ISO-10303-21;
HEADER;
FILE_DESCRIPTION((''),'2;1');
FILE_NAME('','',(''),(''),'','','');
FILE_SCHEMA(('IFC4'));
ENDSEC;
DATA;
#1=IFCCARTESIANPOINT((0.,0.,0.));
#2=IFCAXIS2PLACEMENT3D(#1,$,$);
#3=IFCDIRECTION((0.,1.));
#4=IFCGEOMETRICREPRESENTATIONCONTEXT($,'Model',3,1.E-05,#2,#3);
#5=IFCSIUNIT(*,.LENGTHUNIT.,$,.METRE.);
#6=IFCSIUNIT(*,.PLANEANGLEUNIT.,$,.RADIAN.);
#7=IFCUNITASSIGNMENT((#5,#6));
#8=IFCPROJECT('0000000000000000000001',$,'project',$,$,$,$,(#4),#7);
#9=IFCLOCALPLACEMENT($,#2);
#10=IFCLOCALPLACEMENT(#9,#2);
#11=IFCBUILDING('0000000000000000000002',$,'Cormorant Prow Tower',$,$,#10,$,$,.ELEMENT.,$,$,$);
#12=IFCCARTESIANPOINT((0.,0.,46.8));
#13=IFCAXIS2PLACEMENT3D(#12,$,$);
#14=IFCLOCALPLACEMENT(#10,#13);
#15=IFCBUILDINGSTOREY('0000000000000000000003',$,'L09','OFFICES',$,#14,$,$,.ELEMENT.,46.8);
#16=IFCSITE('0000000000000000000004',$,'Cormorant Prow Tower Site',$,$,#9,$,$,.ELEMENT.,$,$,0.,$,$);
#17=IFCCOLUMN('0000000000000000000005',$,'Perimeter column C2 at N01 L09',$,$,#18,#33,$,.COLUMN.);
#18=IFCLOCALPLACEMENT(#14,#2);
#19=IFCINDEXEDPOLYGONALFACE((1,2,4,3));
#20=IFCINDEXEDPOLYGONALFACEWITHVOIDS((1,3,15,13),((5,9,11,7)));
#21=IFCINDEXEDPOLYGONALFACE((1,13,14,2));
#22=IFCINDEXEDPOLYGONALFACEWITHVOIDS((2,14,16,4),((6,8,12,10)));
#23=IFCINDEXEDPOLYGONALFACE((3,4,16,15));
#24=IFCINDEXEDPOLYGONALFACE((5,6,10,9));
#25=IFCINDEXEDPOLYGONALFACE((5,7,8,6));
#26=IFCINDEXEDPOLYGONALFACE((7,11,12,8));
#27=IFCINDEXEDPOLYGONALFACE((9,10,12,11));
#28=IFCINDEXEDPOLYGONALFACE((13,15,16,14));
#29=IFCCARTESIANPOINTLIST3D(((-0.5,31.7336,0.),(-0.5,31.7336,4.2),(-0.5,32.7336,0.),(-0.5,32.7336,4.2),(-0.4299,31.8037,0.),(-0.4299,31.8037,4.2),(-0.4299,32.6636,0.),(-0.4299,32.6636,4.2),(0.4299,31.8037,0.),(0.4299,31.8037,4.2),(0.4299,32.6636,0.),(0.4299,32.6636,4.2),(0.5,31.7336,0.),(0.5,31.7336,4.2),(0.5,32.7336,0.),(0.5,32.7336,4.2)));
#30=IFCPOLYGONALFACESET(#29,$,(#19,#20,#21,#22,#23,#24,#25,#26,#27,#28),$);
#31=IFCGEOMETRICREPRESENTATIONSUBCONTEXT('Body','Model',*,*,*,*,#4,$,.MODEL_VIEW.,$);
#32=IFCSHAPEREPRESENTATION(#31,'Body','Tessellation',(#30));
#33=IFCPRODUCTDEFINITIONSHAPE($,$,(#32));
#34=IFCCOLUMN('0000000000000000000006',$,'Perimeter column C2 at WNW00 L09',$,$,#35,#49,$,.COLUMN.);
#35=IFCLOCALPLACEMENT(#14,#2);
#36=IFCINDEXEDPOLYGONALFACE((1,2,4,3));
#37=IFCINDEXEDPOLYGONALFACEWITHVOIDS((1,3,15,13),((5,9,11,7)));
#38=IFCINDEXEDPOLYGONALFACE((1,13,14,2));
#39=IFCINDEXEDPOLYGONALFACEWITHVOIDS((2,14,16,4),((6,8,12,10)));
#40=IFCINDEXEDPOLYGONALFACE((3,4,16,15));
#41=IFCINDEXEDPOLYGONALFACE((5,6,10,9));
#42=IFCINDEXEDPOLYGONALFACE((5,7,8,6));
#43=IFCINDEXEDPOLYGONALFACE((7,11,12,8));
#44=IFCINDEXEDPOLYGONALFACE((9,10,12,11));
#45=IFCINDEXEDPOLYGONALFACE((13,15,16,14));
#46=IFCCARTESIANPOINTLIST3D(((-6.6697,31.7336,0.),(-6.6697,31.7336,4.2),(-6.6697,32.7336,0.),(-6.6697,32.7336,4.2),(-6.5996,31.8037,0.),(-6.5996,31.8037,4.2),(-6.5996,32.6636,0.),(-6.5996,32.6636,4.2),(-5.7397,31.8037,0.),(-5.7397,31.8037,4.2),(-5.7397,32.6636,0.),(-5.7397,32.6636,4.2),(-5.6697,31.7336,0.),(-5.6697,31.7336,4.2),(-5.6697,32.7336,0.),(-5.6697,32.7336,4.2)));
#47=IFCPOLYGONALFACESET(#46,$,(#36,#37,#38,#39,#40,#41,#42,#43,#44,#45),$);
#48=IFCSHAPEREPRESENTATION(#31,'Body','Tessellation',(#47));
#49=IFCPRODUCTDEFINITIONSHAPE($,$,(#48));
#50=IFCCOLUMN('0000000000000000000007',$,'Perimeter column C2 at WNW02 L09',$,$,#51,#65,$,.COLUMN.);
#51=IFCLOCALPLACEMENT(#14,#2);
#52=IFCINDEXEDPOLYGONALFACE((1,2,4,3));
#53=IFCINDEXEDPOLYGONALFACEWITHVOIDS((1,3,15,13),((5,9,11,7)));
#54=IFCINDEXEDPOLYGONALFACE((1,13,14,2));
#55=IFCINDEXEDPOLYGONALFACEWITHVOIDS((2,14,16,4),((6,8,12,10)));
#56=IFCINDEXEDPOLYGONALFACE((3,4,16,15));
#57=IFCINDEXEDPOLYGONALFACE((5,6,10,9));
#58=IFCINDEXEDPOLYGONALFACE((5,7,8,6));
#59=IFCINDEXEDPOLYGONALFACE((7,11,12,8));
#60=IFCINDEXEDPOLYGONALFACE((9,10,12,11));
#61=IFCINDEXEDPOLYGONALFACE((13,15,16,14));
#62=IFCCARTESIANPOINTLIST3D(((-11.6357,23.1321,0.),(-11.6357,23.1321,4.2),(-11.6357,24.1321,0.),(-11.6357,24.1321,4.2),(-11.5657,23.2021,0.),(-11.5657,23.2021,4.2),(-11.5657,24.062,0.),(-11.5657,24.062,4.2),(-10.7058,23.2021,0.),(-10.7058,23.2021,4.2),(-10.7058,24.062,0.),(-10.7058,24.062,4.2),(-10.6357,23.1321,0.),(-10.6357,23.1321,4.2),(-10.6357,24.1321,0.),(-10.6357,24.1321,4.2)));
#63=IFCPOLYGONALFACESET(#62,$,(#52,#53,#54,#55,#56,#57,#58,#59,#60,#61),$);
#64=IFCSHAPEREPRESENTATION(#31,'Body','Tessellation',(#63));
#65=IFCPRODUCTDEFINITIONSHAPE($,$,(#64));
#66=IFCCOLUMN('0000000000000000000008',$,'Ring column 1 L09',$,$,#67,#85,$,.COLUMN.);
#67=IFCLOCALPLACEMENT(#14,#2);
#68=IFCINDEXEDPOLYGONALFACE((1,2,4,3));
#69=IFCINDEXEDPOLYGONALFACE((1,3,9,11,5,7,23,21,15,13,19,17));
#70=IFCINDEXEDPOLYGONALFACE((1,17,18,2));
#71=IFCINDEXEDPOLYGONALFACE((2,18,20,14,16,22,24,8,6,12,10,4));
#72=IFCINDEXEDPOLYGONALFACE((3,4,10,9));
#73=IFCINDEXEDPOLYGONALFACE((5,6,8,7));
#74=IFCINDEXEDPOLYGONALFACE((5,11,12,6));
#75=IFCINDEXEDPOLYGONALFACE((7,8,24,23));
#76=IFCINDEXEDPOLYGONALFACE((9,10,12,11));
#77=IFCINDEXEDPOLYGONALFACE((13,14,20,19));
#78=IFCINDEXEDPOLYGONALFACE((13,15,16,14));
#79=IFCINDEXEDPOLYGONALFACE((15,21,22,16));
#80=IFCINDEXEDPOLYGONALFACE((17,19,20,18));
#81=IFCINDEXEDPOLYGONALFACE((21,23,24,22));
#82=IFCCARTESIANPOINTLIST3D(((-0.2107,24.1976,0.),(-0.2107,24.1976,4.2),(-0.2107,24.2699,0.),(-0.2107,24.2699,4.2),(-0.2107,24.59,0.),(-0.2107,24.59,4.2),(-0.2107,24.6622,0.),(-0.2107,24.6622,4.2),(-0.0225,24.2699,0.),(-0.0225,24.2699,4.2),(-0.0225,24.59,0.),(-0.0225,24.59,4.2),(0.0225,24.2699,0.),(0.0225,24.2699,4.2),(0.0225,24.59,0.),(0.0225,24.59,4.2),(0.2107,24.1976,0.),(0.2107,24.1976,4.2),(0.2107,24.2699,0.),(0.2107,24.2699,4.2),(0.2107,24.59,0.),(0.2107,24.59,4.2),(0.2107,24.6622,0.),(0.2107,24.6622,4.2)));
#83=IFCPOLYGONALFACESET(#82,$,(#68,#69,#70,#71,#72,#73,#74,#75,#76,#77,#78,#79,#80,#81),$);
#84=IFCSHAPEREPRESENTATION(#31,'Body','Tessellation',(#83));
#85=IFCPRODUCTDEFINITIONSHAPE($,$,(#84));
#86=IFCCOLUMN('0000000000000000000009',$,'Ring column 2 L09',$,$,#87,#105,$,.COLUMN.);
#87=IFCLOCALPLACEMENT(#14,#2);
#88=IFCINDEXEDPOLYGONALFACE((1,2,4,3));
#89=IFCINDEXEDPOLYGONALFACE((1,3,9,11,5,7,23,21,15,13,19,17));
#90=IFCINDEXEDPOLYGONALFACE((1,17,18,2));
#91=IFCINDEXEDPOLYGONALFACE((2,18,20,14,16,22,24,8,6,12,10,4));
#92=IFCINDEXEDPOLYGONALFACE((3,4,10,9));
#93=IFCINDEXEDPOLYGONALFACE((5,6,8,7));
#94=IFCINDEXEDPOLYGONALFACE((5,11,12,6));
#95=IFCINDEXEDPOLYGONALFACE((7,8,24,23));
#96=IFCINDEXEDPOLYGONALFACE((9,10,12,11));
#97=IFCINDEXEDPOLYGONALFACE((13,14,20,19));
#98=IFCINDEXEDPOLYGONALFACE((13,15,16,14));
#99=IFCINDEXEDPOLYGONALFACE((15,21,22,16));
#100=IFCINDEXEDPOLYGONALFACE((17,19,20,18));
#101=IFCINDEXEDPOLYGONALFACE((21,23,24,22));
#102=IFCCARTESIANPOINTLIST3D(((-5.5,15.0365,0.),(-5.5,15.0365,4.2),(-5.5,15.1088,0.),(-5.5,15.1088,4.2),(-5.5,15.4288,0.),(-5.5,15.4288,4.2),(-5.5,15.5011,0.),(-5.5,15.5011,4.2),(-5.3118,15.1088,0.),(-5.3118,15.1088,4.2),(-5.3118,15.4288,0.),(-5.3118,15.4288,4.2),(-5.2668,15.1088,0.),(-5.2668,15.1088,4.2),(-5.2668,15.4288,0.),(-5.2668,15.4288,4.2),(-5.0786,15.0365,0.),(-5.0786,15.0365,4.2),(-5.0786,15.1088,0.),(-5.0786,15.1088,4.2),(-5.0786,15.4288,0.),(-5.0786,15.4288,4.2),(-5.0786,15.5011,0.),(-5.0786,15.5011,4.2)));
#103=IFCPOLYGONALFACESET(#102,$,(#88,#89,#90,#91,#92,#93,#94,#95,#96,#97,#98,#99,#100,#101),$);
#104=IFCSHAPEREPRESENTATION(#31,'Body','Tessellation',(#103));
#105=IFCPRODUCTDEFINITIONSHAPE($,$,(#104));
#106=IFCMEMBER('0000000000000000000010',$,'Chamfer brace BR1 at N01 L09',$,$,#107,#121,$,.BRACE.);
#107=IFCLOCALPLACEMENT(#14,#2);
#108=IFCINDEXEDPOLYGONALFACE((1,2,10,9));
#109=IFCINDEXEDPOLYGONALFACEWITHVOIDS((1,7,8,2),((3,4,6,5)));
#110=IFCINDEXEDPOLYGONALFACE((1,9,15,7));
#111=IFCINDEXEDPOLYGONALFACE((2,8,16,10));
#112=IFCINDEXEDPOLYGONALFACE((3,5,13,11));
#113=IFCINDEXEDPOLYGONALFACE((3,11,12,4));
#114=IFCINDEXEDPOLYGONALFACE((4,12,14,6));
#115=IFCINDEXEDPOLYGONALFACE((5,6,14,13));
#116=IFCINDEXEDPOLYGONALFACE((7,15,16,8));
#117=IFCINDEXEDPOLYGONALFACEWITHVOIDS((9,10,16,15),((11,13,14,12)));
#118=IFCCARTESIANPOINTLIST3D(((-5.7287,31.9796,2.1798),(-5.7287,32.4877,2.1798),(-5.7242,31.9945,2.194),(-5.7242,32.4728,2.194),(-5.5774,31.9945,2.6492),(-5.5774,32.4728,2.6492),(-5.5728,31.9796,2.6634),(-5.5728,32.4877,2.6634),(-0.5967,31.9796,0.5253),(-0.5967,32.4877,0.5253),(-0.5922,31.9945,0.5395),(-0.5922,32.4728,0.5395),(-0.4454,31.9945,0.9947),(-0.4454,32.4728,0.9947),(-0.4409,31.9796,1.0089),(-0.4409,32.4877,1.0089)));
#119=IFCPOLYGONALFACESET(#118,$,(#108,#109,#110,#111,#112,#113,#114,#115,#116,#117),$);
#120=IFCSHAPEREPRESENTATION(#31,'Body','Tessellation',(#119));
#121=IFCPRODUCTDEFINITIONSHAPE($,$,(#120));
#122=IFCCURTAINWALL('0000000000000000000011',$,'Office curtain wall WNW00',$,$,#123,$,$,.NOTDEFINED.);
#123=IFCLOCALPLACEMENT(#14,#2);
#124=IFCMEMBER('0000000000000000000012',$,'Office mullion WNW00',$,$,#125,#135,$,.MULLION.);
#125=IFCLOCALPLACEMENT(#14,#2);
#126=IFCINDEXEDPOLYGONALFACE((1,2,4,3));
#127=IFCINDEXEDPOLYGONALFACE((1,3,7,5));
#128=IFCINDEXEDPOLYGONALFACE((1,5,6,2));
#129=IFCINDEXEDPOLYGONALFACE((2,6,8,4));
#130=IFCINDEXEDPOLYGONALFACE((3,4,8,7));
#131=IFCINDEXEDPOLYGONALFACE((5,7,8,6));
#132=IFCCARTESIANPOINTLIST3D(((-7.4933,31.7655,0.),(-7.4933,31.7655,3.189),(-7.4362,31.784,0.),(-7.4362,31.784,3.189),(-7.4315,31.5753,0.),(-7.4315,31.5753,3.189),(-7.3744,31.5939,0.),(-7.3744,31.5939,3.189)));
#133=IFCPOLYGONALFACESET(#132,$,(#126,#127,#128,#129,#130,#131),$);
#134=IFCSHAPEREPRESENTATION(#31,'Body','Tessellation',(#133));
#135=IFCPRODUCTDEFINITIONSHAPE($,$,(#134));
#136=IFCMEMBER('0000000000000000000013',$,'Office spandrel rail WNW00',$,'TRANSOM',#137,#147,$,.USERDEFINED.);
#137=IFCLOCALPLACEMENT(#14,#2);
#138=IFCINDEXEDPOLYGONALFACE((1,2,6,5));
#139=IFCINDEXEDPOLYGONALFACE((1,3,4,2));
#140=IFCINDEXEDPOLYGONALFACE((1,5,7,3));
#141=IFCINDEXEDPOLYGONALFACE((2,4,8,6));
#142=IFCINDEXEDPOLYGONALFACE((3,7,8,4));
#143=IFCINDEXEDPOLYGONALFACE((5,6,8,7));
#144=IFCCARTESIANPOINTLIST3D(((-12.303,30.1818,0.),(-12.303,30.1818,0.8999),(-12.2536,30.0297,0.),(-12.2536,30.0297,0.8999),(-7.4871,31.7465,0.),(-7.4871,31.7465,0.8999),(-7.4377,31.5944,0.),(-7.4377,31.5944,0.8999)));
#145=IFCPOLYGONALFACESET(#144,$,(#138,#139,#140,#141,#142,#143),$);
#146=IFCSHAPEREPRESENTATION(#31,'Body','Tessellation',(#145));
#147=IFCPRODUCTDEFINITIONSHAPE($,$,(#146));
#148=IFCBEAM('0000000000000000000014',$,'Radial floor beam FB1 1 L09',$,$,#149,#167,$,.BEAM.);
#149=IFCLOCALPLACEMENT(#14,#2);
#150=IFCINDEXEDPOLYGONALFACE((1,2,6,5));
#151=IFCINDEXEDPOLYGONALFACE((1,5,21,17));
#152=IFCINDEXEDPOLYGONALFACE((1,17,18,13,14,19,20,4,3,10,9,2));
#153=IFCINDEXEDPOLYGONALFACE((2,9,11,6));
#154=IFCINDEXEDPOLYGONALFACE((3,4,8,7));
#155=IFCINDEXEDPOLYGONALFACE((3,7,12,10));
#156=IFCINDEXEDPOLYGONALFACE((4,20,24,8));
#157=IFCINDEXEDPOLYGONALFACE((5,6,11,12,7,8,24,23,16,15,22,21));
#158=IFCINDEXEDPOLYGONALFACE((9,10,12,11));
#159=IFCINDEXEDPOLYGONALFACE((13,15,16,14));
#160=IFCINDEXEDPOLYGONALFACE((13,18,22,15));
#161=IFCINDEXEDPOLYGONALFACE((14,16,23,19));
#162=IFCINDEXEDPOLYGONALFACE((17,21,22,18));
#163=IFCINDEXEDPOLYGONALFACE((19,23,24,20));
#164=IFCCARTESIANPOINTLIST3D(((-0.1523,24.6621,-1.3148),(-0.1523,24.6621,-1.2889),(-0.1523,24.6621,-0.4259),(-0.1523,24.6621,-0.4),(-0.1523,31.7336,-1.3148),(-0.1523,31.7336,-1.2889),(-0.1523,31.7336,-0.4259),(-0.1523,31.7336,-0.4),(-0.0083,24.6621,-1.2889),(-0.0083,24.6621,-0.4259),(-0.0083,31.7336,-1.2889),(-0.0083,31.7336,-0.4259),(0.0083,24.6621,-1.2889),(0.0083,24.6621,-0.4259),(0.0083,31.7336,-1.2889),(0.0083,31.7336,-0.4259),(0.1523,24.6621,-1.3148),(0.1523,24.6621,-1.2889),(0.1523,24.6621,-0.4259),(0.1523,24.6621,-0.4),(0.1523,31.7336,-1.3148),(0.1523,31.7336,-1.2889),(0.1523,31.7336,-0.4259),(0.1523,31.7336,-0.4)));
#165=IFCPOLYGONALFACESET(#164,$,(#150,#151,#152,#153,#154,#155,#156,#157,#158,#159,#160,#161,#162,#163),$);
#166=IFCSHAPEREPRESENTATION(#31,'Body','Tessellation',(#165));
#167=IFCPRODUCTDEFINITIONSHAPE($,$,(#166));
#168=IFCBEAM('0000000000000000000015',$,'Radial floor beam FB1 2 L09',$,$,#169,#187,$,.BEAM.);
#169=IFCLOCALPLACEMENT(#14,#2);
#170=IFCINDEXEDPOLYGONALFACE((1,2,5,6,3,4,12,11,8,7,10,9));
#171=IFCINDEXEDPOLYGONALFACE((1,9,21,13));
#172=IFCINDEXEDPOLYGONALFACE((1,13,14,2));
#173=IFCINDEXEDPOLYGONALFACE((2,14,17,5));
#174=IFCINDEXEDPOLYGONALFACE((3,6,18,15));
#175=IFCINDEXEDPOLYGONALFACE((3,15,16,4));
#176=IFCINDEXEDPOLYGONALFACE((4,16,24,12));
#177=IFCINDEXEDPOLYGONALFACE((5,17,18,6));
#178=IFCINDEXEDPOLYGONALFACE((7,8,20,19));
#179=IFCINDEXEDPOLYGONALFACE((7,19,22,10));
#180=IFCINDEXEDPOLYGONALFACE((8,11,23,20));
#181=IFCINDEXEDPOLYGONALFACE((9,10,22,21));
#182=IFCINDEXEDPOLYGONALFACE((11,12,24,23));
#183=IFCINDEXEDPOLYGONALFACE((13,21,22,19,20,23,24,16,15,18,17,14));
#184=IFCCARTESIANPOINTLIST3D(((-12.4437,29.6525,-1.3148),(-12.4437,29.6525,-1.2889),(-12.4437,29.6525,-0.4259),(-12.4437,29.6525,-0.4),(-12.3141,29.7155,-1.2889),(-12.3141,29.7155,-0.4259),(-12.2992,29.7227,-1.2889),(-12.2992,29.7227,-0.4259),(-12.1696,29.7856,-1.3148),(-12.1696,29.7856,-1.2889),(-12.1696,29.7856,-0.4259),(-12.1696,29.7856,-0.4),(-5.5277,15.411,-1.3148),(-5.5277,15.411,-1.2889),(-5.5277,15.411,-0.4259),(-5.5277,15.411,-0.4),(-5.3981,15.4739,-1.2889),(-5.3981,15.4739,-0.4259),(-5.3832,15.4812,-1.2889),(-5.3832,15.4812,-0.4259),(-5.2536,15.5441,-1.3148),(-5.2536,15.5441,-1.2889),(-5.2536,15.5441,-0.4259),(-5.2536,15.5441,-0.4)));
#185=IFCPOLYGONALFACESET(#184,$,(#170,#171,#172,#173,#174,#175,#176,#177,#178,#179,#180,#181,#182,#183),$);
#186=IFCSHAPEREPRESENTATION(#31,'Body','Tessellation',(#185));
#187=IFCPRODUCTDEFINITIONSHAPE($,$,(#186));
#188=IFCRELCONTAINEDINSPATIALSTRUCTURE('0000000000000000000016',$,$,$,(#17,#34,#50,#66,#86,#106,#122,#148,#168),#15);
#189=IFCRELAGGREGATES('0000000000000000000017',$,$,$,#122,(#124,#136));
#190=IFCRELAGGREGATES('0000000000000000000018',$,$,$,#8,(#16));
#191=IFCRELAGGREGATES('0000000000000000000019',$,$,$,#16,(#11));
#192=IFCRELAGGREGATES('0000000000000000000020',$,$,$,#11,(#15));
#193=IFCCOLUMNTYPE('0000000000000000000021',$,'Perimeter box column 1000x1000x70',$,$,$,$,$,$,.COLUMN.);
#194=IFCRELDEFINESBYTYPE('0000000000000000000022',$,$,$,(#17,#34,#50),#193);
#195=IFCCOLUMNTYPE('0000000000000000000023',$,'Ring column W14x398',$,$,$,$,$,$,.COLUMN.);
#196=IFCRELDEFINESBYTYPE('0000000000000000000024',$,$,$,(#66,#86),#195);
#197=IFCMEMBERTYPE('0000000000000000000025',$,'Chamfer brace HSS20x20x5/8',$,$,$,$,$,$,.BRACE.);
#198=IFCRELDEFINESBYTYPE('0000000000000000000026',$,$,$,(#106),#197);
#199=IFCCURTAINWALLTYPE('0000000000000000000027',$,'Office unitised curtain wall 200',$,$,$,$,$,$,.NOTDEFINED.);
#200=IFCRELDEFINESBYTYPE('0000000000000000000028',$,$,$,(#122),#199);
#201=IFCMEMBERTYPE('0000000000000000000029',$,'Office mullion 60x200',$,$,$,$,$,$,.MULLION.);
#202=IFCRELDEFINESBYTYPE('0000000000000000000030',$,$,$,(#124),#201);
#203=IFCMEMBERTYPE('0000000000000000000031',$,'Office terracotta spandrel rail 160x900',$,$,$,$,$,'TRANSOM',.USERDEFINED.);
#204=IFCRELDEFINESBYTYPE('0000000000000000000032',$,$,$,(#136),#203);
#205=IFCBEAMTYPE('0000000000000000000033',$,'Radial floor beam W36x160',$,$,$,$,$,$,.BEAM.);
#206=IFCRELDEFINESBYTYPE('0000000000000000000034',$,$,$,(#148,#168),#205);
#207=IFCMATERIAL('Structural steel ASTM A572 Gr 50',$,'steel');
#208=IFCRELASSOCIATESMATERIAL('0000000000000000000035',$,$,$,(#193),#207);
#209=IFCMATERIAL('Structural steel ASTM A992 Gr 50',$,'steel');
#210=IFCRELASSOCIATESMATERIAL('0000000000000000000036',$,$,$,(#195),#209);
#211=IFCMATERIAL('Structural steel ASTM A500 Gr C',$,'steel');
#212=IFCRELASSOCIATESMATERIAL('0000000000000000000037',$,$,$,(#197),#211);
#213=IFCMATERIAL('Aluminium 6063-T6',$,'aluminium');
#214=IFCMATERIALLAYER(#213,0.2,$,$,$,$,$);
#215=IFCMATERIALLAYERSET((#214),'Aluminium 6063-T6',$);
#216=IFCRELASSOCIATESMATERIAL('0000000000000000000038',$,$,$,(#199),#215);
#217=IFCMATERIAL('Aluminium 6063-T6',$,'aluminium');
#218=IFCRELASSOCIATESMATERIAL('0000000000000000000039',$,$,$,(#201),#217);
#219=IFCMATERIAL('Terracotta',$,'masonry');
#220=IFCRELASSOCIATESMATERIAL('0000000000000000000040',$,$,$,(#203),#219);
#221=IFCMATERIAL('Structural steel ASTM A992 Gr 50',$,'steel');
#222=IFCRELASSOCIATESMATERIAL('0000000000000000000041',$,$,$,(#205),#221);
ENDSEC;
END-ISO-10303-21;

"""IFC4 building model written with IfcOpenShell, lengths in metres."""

from ifc_helpers import new_model, si_unit, direction, frame, origin, origin_2d, place, context, subcontext, project, spatial, rectangle, hollow_rectangle, i_section, extrude, material, layer, layer_set, material_profile, profile_set, type_object, element, aggregate, save


model = new_model("IFC4")

# Units and contexts
model_context = context("Model", 3, precision=1e-05, world=origin(), true_north=direction((0.0, 1.0)))
body_context = subcontext(model_context, "Body", "Model", "MODEL_VIEW")
ifc_project = project(units=[si_unit("LENGTHUNIT", "METRE"), si_unit("PLANEANGLEUNIT", "RADIAN")], contexts=[model_context])

# Site, building, storey
site_placement = place(None, origin())
site = spatial("IfcSite", under=ifc_project, at=site_placement, Name="Cormorant Prow Tower Site", CompositionType="ELEMENT", RefElevation=0.0)
building_placement = place(site_placement, origin())
building = spatial("IfcBuilding", under=site, at=building_placement, Name="Cormorant Prow Tower", CompositionType="ELEMENT")
storey_placement = place(building_placement, frame((0.0, 0.0, 46.8)))
storey = spatial("IfcBuildingStorey", under=building, at=storey_placement, Name="L09", Description="OFFICES", CompositionType="ELEMENT", Elevation=46.8)

# Columns
ifc_material_1 = material(Name="Structural steel ASTM A572 Gr 50", Category="steel")
ifc_material_profile_1 = material_profile(ifc_material_1, hollow_rectangle(XDim=1.0, YDim=1.0, WallThickness=0.0701, at=origin_2d()), Name="Box 1000x1000x70")
ifc_profile_set_1 = profile_set([ifc_material_profile_1], Name="Structural steel ASTM A572 Gr 50")
column_type_1 = type_object("IfcColumnType", Name="Perimeter box column 1000x1000x70", PredefinedType="COLUMN", material=ifc_profile_set_1)
for number, where, z_axis, x_axis, name in (
    (1, (0.0, 32.2336, 0.0), (0.0, 0.0, 1.0), (1.0, 0.0, 0.0), "Perimeter column C2 at N01 L09"),
    (2, (-6.1697, 32.2336, 0.0), (0.0, 0.0, 1.0), (1.0, 0.0, 0.0), "Perimeter column C2 at WNW00 L09"),
    (3, (-11.1357, 23.6321, 0.0), (0.0, 0.0, 1.0), (1.0, 0.0, 0.0), "Perimeter column C2 at WNW02 L09"),
):
    element("IfcColumn", number, at=place(storey_placement, frame(where, z_axis=z_axis, x_axis=x_axis)), inside=storey, type_object=column_type_1, Name=name, PredefinedType="COLUMN", context=body_context, shape_type="SweptSolid", body=[
        extrude(hollow_rectangle(XDim=1.0, YDim=1.0, WallThickness=0.0701, at=origin_2d()), origin(), (0.0, 0.0, 1.0), 4.2),
    ])
ifc_material_2 = material(Name="Structural steel ASTM A992 Gr 50", Category="steel")
ifc_material_profile_2 = material_profile(ifc_material_2, i_section(OverallWidth=0.4214, OverallDepth=0.4646, WebThickness=0.0449, FlangeThickness=0.0723, at=origin_2d()), Name="W14x398")
ifc_profile_set_2 = profile_set([ifc_material_profile_2], Name="Structural steel ASTM A992 Gr 50")
column_type_2 = type_object("IfcColumnType", Name="Ring column W14x398", PredefinedType="COLUMN", material=ifc_profile_set_2)
for number, where, z_axis, x_axis, name in (
    (4, (0.0, 24.4299, 0.0), (0.0, 0.0, 1.0), (1.0, 0.0, 0.0), "Ring column 1 L09"),
    (5, (-5.2893, 15.2688, 0.0), (0.0, 0.0, 1.0), (1.0, 0.0, 0.0), "Ring column 2 L09"),
):
    element("IfcColumn", number, at=place(storey_placement, frame(where, z_axis=z_axis, x_axis=x_axis)), inside=storey, type_object=column_type_2, Name=name, PredefinedType="COLUMN", context=body_context, shape_type="SweptSolid", body=[
        extrude(i_section(OverallWidth=0.4214, OverallDepth=0.4646, WebThickness=0.0449, FlangeThickness=0.0723, at=origin_2d()), origin(), (0.0, 0.0, 1.0), 4.2),
    ])

# Member
ifc_material_3 = material(Name="Structural steel ASTM A500 Gr C", Category="steel")
ifc_material_profile_3 = material_profile(ifc_material_3, hollow_rectangle(XDim=0.5081, YDim=0.5081, WallThickness=0.0149, at=origin_2d()), Name="HSS20x20x5/8")
ifc_profile_set_3 = profile_set([ifc_material_profile_3], Name="Structural steel ASTM A500 Gr C")
member_type_1 = type_object("IfcMemberType", Name="Chamfer brace HSS20x20x5/8", PredefinedType="BRACE", material=ifc_profile_set_3)
member_1_placement = place(storey_placement, frame((-0.5188, 32.2336, 0.7671), z_axis=(-0.951761, 0.0, 0.30684), x_axis=(0.0, -1.0, 0.0)))
element("IfcMember", 6, at=member_1_placement, inside=storey, type_object=member_type_1, Name="Chamfer brace BR1 at N01 L09", PredefinedType="BRACE", context=body_context, shape_type="SweptSolid", body=[
    extrude(hollow_rectangle(XDim=0.5081, YDim=0.5081, WallThickness=0.0149, at=origin_2d()), origin(), (0.0, 0.0, 1.0), 5.3921),
])

# Curtain wall, members
ifc_material_4 = material(Name="Aluminium 6063-T6", Category="aluminium")
ifc_layer_1 = layer(ifc_material_4, 0.2)
ifc_layer_set_1 = layer_set([ifc_layer_1], Name="Aluminium 6063-T6")
curtain_wall_type = type_object("IfcCurtainWallType", Name="Office unitised curtain wall 200", PredefinedType="NOTDEFINED", material=ifc_layer_set_1)
curtain_wall_placement = place(storey_placement, origin())
curtain_wall = element("IfcCurtainWall", 7, at=curtain_wall_placement, inside=storey, type_object=curtain_wall_type, Name="Office curtain wall WNW00", PredefinedType="NOTDEFINED")
ifc_material_5 = material(Name="Aluminium 6063-T6", Category="aluminium")
ifc_material_profile_4 = material_profile(ifc_material_5, rectangle(XDim=0.2, YDim=0.0601, at=origin_2d()), Name="Office mullion 60x200")
ifc_profile_set_4 = profile_set([ifc_material_profile_4], Name="Aluminium 6063-T6")
member_type_2 = type_object("IfcMemberType", Name="Office mullion 60x200", PredefinedType="MULLION", material=ifc_profile_set_4)
member_2_placement = place(storey_placement, frame((-7.4338, 31.6797, 0.0), z_axis=(0.0, 0.0, 1.0), x_axis=(0.309017, -0.951057, 0.0)))
member_2 = element("IfcMember", 8, at=member_2_placement, type_object=member_type_2, Name="Office mullion WNW00", PredefinedType="MULLION", context=body_context, shape_type="SweptSolid", body=[
    extrude(rectangle(XDim=0.2, YDim=0.0601, at=origin_2d()), origin(), (0.0, 0.0, 1.0), 3.189),
])
ifc_material_6 = material(Name="Terracotta", Category="masonry")
ifc_material_profile_5 = material_profile(ifc_material_6, rectangle(XDim=0.1599, YDim=0.8999, at=origin_2d()), Name="Office terracotta spandrel rail 160x900")
ifc_profile_set_5 = profile_set([ifc_material_profile_5], Name="Terracotta")
member_type_3 = type_object("IfcMemberType", Name="Office terracotta spandrel rail 160x900", ElementType="TRANSOM", PredefinedType="USERDEFINED", material=ifc_profile_set_5)
member_3_placement = place(storey_placement, frame((-7.4624, 31.6704, 0.45), z_axis=(-0.951062, -0.309001, 0.0), x_axis=(0.309001, -0.951062, 0.0)))
member_3 = element("IfcMember", 9, at=member_3_placement, type_object=member_type_3, Name="Office spandrel rail WNW00", ObjectType="TRANSOM", PredefinedType="USERDEFINED", context=body_context, shape_type="SweptSolid", body=[
    extrude(rectangle(XDim=0.1599, YDim=0.8999, at=origin_2d()), origin(), (0.0, 0.0, 1.0), 5.0637),
])

# Beams
ifc_material_7 = material(Name="Structural steel ASTM A992 Gr 50", Category="steel")
ifc_material_profile_6 = material_profile(ifc_material_7, i_section(OverallWidth=0.3047, OverallDepth=0.9148, WebThickness=0.0166, FlangeThickness=0.0259, at=origin_2d()), Name="W36x160")
ifc_profile_set_6 = profile_set([ifc_material_profile_6], Name="Structural steel ASTM A992 Gr 50")
beam_type_1 = type_object("IfcBeamType", Name="Radial floor beam W36x160", PredefinedType="BEAM", material=ifc_profile_set_6)
beam_1_placement = place(storey_placement, frame((0.0, 24.6621, -0.8574), z_axis=(0.0, 1.0, 0.0), x_axis=(-1.0, 0.0, 0.0)))
element("IfcBeam", 10, at=beam_1_placement, inside=storey, type_object=beam_type_1, Name="Radial floor beam FB1 1 L09", PredefinedType="BEAM", context=body_context, shape_type="SweptSolid", body=[
    extrude(i_section(OverallWidth=0.3047, OverallDepth=0.9148, WebThickness=0.0166, FlangeThickness=0.0259, at=origin_2d()), origin(), (0.0, 0.0, 1.0), 7.0715),
])
beam_2_placement = place(storey_placement, frame((-5.3906, 15.4775, -0.8574), z_axis=(-0.436839, 0.899539, 0.0), x_axis=(-0.899539, -0.436839, 0.0)))
element("IfcBeam", 11, at=beam_2_placement, inside=storey, type_object=beam_type_1, Name="Radial floor beam FB1 2 L09", PredefinedType="BEAM", context=body_context, shape_type="SweptSolid", body=[
    extrude(i_section(OverallWidth=0.3047, OverallDepth=0.9148, WebThickness=0.0166, FlangeThickness=0.0259, at=origin_2d()), origin(), (0.0, 0.0, 1.0), 15.832),
])

aggregate(curtain_wall, [member_2, member_3])

save(model, "model.ifc")
